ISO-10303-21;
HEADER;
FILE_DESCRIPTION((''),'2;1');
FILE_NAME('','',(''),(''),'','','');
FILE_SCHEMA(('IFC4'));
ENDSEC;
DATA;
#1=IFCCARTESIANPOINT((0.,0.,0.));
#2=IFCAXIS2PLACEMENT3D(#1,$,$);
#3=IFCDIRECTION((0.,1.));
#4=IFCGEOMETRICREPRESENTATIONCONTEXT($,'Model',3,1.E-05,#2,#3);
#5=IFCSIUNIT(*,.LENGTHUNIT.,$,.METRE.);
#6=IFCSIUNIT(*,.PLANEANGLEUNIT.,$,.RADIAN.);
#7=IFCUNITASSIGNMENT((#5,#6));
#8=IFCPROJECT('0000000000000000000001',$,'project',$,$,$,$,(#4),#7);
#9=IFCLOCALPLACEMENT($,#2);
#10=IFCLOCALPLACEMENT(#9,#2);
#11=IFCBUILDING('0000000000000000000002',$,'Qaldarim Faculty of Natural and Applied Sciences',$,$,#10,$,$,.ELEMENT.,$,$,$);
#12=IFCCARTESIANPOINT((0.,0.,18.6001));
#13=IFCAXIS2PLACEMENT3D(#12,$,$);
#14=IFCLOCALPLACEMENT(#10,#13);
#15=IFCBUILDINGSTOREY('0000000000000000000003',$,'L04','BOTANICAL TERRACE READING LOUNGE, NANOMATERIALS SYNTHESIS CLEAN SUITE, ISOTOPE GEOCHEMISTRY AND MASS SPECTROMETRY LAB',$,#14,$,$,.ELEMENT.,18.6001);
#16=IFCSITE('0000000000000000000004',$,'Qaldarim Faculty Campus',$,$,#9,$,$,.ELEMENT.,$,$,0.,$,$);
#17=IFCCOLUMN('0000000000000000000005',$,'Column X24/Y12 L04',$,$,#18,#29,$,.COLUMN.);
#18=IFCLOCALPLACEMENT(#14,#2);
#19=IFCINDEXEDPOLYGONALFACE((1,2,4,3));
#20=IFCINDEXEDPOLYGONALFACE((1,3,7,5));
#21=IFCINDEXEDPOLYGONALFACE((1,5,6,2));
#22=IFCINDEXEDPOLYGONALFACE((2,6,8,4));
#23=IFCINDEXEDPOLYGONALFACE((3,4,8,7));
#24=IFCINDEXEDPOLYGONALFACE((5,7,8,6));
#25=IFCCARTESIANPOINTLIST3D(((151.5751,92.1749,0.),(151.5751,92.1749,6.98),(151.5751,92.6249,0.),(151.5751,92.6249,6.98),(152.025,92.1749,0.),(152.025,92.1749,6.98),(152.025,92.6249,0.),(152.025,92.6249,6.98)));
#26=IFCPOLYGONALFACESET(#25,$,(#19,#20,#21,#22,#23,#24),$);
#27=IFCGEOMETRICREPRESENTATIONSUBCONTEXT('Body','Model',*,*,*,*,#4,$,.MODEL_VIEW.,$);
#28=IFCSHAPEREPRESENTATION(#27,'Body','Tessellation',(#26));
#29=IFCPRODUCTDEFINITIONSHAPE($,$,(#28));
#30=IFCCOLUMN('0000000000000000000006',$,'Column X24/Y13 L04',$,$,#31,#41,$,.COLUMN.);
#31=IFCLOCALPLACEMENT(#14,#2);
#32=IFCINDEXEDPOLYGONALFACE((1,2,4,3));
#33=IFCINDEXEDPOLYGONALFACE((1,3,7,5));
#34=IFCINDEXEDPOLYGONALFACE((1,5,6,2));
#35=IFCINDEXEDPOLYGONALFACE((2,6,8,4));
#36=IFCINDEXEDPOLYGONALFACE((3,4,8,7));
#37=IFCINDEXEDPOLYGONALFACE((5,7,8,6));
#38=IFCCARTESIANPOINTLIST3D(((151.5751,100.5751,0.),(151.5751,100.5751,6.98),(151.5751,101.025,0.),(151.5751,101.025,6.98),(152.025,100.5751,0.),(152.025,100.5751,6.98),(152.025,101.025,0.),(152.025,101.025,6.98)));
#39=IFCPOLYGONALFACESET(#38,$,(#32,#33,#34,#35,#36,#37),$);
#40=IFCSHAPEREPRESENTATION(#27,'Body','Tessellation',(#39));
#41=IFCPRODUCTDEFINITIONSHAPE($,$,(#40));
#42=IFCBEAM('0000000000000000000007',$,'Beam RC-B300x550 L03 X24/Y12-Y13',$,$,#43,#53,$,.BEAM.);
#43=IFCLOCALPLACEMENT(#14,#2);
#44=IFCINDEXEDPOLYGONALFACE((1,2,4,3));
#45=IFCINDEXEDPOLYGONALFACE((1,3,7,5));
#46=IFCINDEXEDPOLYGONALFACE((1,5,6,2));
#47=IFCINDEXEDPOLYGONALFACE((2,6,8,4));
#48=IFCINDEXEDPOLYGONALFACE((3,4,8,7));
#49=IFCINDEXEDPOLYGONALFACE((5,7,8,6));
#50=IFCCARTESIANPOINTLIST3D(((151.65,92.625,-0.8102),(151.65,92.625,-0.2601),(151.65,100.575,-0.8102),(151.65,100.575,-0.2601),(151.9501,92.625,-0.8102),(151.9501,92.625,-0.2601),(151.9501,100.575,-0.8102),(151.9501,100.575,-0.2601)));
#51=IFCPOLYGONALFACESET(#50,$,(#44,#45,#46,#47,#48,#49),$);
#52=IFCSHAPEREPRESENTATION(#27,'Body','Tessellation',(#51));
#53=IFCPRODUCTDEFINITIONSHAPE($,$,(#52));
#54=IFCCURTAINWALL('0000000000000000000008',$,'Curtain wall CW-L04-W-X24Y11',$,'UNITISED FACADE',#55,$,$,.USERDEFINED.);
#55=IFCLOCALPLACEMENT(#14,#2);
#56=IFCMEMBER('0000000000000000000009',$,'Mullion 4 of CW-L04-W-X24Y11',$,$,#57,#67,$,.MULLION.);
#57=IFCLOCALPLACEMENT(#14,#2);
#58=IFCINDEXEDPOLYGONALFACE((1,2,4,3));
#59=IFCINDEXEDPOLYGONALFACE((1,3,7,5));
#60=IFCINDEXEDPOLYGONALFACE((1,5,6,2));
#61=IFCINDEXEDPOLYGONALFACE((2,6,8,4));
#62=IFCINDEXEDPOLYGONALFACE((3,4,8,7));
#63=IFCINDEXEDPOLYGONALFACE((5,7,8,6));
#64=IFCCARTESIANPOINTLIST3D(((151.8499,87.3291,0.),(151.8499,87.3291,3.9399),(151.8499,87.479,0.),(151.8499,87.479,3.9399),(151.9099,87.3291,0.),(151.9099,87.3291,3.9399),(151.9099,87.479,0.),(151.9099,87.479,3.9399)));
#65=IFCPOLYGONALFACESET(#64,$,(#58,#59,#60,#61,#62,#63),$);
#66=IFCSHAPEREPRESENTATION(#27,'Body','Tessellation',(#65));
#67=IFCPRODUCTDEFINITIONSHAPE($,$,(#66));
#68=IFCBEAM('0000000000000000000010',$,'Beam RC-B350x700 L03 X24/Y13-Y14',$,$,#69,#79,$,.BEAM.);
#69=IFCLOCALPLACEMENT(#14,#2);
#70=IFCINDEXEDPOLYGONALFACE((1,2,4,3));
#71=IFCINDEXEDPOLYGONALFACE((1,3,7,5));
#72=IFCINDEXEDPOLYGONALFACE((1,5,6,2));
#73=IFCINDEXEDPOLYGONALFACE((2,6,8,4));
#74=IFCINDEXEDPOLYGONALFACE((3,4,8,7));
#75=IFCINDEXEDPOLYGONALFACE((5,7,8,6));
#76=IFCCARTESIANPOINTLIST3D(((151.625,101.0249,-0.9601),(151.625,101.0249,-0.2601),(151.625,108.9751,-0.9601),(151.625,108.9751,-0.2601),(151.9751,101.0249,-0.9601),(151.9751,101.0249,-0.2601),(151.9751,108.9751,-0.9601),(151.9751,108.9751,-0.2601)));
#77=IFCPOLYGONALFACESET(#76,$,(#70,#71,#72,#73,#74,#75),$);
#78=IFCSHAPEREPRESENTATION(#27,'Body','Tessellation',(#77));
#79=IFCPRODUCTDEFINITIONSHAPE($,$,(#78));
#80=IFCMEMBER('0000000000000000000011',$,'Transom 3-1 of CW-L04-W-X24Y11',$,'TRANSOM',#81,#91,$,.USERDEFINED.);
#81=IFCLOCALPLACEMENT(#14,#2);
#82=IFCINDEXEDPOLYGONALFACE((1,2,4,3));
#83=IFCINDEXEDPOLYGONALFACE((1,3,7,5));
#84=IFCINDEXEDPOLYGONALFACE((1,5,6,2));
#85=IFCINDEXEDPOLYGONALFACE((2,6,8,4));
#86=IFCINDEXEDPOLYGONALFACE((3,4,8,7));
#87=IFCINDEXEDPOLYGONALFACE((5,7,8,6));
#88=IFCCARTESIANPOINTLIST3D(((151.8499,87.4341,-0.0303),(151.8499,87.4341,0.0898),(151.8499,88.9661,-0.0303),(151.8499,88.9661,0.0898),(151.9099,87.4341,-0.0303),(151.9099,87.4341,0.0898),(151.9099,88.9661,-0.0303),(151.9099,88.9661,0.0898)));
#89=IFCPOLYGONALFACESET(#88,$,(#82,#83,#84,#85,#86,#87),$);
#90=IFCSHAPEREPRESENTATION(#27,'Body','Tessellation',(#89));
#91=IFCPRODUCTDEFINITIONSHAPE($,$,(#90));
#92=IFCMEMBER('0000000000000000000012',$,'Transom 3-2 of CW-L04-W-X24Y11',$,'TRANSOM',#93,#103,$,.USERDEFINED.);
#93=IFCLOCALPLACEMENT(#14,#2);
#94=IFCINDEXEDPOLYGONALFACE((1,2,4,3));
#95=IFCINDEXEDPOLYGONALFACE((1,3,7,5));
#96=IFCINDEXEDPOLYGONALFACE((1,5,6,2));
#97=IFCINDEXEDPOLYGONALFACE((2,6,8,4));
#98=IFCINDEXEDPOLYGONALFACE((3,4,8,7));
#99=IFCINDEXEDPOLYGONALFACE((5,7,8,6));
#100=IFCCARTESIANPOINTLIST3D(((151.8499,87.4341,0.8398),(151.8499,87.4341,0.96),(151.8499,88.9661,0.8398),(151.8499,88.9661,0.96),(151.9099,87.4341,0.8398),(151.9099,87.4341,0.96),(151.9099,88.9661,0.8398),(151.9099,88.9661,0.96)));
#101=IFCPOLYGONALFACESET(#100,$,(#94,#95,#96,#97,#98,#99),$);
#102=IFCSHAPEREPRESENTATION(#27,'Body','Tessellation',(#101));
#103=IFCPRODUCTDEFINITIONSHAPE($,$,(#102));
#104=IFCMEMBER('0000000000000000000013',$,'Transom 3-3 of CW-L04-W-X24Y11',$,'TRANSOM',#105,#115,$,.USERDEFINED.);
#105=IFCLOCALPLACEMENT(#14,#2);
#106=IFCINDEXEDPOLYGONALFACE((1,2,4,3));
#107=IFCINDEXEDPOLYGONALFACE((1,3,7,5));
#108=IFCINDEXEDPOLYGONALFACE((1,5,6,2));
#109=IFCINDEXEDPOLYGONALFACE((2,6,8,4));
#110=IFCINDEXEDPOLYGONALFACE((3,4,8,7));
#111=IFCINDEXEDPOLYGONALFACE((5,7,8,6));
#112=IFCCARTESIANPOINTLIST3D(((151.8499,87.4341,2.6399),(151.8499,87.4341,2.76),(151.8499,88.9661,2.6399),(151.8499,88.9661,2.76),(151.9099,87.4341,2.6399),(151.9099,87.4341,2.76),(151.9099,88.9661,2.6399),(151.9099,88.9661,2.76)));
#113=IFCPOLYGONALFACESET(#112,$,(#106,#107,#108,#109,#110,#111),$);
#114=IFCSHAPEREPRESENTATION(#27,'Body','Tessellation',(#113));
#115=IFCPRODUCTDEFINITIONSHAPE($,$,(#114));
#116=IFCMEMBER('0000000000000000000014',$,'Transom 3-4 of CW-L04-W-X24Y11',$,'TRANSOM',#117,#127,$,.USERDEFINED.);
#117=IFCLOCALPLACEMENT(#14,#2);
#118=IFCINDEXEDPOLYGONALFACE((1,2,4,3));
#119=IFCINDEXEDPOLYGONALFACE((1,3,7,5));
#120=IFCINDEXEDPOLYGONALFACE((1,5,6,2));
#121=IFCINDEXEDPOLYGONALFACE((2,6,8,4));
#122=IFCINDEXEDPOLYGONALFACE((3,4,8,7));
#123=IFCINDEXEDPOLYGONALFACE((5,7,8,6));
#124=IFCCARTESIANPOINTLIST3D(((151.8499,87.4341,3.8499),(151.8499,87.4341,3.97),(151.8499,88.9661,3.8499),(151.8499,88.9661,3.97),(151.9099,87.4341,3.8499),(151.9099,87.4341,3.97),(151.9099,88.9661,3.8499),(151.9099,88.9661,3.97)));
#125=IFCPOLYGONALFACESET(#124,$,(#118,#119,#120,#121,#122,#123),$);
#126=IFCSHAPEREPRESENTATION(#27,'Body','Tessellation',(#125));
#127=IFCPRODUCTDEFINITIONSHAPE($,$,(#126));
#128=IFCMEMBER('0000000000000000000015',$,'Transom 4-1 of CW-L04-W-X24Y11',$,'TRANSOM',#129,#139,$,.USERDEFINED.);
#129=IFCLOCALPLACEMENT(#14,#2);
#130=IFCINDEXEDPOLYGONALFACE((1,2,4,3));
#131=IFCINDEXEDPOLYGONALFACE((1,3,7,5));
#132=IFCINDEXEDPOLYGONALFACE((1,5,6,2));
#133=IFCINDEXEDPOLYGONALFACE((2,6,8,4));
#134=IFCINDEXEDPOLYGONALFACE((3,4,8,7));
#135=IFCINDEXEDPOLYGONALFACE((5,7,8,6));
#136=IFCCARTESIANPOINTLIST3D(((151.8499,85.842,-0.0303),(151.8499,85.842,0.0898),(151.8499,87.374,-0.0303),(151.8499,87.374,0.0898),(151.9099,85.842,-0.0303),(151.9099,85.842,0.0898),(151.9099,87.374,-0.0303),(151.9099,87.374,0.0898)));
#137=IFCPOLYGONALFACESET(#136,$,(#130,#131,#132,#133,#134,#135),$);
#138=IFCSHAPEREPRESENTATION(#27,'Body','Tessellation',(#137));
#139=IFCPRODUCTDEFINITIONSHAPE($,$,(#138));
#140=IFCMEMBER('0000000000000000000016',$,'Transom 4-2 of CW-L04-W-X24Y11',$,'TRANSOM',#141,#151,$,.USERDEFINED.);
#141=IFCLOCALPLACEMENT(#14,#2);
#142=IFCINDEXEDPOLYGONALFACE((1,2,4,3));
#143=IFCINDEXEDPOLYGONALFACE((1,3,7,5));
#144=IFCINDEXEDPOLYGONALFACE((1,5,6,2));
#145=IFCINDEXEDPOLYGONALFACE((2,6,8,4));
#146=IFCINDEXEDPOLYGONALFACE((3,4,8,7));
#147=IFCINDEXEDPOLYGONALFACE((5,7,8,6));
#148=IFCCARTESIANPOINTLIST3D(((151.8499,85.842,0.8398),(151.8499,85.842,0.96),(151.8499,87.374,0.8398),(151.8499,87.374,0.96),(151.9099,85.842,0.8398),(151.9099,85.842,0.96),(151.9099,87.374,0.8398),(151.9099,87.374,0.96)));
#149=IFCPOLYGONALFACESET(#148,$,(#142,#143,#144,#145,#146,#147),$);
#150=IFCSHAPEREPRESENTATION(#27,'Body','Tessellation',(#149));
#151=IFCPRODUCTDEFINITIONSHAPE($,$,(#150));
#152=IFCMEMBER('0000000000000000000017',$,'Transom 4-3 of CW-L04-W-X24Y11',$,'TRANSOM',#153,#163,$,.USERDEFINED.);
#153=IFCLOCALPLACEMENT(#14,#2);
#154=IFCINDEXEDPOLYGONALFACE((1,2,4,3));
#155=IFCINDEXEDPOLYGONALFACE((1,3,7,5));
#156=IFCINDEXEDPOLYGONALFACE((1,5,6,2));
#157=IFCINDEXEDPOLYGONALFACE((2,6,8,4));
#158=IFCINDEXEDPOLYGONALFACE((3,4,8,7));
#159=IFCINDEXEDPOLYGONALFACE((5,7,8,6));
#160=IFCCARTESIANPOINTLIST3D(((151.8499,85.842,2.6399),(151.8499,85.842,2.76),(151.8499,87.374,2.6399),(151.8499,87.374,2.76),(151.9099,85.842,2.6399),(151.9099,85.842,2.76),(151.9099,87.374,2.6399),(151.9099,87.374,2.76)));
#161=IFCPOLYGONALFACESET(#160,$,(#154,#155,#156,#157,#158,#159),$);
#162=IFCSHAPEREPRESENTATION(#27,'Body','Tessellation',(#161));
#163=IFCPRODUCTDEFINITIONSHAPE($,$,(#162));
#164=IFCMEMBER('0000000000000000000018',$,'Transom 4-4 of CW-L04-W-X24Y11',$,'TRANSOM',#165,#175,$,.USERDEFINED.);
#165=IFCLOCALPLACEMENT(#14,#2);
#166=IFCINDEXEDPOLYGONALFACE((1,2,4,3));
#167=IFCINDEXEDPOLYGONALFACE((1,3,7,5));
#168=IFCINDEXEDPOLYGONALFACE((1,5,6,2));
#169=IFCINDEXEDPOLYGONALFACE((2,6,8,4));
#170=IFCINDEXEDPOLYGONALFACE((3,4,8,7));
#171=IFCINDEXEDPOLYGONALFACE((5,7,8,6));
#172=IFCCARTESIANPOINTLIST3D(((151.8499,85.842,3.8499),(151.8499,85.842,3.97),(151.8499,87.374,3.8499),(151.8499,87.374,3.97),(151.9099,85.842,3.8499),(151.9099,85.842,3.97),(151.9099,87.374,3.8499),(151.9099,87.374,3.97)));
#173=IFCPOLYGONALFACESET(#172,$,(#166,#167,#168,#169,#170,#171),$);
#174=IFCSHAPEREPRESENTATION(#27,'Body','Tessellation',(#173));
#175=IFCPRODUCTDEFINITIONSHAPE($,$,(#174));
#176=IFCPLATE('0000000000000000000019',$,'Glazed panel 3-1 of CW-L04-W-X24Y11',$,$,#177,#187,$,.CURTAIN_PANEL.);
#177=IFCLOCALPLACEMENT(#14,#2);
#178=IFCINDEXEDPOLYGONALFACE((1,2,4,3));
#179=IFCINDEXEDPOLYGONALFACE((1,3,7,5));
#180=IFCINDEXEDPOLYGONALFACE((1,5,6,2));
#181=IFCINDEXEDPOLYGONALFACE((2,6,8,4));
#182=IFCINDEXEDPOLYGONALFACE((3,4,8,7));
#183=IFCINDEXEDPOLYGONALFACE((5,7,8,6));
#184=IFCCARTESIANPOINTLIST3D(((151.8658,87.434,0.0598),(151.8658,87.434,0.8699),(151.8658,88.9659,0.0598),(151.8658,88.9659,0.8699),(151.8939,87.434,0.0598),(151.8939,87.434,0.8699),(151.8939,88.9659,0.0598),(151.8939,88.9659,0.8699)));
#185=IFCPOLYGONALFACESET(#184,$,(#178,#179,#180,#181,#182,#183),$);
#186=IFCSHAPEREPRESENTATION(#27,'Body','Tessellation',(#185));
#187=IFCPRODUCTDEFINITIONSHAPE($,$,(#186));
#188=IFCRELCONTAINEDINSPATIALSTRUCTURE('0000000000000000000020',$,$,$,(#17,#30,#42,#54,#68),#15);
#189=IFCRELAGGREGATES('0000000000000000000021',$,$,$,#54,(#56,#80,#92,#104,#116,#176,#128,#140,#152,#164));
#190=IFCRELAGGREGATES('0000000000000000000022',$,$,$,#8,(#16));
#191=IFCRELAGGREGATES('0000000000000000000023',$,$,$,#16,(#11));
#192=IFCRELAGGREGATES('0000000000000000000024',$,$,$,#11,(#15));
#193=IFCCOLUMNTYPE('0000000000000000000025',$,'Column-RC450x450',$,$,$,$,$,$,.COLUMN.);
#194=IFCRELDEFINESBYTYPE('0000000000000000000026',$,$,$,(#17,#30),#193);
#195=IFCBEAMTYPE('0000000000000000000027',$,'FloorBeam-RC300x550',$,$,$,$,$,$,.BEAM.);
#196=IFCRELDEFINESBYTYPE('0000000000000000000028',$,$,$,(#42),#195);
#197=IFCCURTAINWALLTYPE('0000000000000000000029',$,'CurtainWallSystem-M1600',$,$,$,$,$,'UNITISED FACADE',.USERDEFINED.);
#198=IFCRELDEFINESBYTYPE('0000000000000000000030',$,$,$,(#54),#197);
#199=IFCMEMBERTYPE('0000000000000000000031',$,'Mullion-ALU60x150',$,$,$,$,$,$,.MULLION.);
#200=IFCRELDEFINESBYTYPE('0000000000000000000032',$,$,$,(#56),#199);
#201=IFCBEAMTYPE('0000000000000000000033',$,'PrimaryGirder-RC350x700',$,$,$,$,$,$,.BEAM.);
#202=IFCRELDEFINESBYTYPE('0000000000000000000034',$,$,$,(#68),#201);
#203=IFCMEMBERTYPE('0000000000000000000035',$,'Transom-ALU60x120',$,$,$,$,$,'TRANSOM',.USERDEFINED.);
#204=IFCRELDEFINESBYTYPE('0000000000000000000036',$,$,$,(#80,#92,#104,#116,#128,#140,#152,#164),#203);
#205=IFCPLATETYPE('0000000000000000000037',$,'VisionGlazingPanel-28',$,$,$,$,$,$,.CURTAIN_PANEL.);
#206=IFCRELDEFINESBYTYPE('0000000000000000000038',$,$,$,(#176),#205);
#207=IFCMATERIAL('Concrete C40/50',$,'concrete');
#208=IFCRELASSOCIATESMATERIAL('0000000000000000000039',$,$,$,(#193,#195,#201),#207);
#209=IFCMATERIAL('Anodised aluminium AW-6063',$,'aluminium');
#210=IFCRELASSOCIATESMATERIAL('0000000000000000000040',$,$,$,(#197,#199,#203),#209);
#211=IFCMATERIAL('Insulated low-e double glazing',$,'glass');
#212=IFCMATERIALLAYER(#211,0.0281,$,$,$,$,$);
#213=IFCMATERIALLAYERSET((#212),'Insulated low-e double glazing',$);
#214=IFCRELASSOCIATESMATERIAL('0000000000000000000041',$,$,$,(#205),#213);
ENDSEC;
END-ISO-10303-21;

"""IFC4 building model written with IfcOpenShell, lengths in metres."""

from ifc_helpers import new_model, si_unit, direction, frame, origin, origin_2d, place, context, subcontext, project, spatial, rectangle, extrude, material, layer, layer_set, material_profile, profile_set, type_object, element, aggregate, save


model = new_model("IFC4")

# Units and contexts
model_context = context("Model", 3, precision=1e-05, world=origin(), true_north=direction((0.0, 1.0)))
body_context = subcontext(model_context, "Body", "Model", "MODEL_VIEW")
ifc_project = project(units=[si_unit("LENGTHUNIT", "METRE"), si_unit("PLANEANGLEUNIT", "RADIAN")], contexts=[model_context])

# Site, building, storey
site_placement = place(None, origin())
site = spatial("IfcSite", under=ifc_project, at=site_placement, Name="Qaldarim Faculty Campus", CompositionType="ELEMENT", RefElevation=0.0)
building_placement = place(site_placement, origin())
building = spatial("IfcBuilding", under=site, at=building_placement, Name="Qaldarim Faculty of Natural and Applied Sciences", CompositionType="ELEMENT")
storey_placement = place(building_placement, frame((0.0, 0.0, 18.6001)))
storey = spatial("IfcBuildingStorey", under=building, at=storey_placement, Name="L04", Description="BOTANICAL TERRACE READING LOUNGE, NANOMATERIALS SYNTHESIS CLEAN SUITE, ISOTOPE GEOCHEMISTRY AND MASS SPECTROMETRY LAB", CompositionType="ELEMENT", Elevation=18.6001)

# Columns
ifc_material_1 = material(Name="Concrete C40/50", Category="concrete")
ifc_material_profile_1 = material_profile(ifc_material_1, rectangle(XDim=0.45, YDim=0.45, at=origin_2d()), Name="RC-C450x450")
ifc_profile_set_1 = profile_set([ifc_material_profile_1], Name="Concrete C40/50")
column_type = type_object("IfcColumnType", Name="Column-RC450x450", PredefinedType="COLUMN", material=ifc_profile_set_1)
for number, where, z_axis, x_axis, name in (
    (1, (151.8, 92.3999, 0.0), (0.0, 0.0, 1.0), (1.0, 0.0, 0.0), "Column X24/Y12 L04"),
    (2, (151.8, 100.8, 0.0), (0.0, 0.0, 1.0), (1.0, 0.0, 0.0), "Column X24/Y13 L04"),
):
    element("IfcColumn", number, at=place(storey_placement, frame(where, z_axis=z_axis, x_axis=x_axis)), inside=storey, type_object=column_type, Name=name, PredefinedType="COLUMN", context=body_context, shape_type="SweptSolid", body=[
        extrude(rectangle(XDim=0.45, YDim=0.45, at=origin_2d()), origin(), (0.0, 0.0, 1.0), 6.98),
    ])

# Beam
ifc_material_profile_2 = material_profile(ifc_material_1, rectangle(XDim=0.3, YDim=0.55, at=origin_2d()), Name="RC-B300x550")
ifc_profile_set_2 = profile_set([ifc_material_profile_2], Name="Concrete C40/50")
beam_type_1 = type_object("IfcBeamType", Name="FloorBeam-RC300x550", PredefinedType="BEAM", material=ifc_profile_set_2)
beam_1_placement = place(storey_placement, frame((151.8, 92.625, -0.5352), z_axis=(0.0, 1.0, 0.0), x_axis=(-1.0, 0.0, 0.0)))
element("IfcBeam", 3, at=beam_1_placement, inside=storey, type_object=beam_type_1, Name="Beam RC-B300x550 L03 X24/Y12-Y13", PredefinedType="BEAM", context=body_context, shape_type="SweptSolid", body=[
    extrude(rectangle(XDim=0.3, YDim=0.55, at=origin_2d()), origin(), (0.0, 0.0, 1.0), 7.95),
])

# Curtain wall, member
ifc_material_2 = material(Name="Anodised aluminium AW-6063", Category="aluminium")
curtain_wall_type = type_object("IfcCurtainWallType", Name="CurtainWallSystem-M1600", ElementType="UNITISED FACADE", PredefinedType="USERDEFINED", material=ifc_material_2)
curtain_wall_placement = place(storey_placement, origin())
curtain_wall = element("IfcCurtainWall", 4, at=curtain_wall_placement, inside=storey, type_object=curtain_wall_type, Name="Curtain wall CW-L04-W-X24Y11", ObjectType="UNITISED FACADE", PredefinedType="USERDEFINED")
ifc_material_profile_3 = material_profile(ifc_material_2, rectangle(XDim=0.0601, YDim=0.1499, at=origin_2d()), Name="ALU-M60x150")
ifc_profile_set_3 = profile_set([ifc_material_profile_3], Name="Anodised aluminium AW-6063")
member_type_1 = type_object("IfcMemberType", Name="Mullion-ALU60x150", PredefinedType="MULLION", material=ifc_profile_set_3)
member_1_placement = place(storey_placement, frame((151.8799, 87.4041, 0.0), z_axis=(0.0, 0.0, 1.0), x_axis=(1.0, 0.0, 0.0)))
member_1 = element("IfcMember", 5, at=member_1_placement, type_object=member_type_1, Name="Mullion 4 of CW-L04-W-X24Y11", PredefinedType="MULLION", context=body_context, shape_type="SweptSolid", body=[
    extrude(rectangle(XDim=0.0601, YDim=0.1499, at=origin_2d()), origin(), (0.0, 0.0, 1.0), 3.9399),
])

# Beam
ifc_material_profile_4 = material_profile(ifc_material_1, rectangle(XDim=0.3501, YDim=0.7, at=origin_2d()), Name="RC-B350x700")
ifc_profile_set_4 = profile_set([ifc_material_profile_4], Name="Concrete C40/50")
beam_type_2 = type_object("IfcBeamType", Name="PrimaryGirder-RC350x700", PredefinedType="BEAM", material=ifc_profile_set_4)
beam_2_placement = place(storey_placement, frame((151.8, 101.0249, -0.6101), z_axis=(0.0, 1.0, 0.0), x_axis=(-1.0, 0.0, 0.0)))
element("IfcBeam", 6, at=beam_2_placement, inside=storey, type_object=beam_type_2, Name="Beam RC-B350x700 L03 X24/Y13-Y14", PredefinedType="BEAM", context=body_context, shape_type="SweptSolid", body=[
    extrude(rectangle(XDim=0.3501, YDim=0.7, at=origin_2d()), origin(), (0.0, 0.0, 1.0), 7.9502),
])

# Members
ifc_material_profile_5 = material_profile(ifc_material_2, rectangle(XDim=0.0601, YDim=0.1201, at=origin_2d()), Name="ALU-T60x120")
ifc_profile_set_5 = profile_set([ifc_material_profile_5], Name="Anodised aluminium AW-6063")
member_type_2 = type_object("IfcMemberType", Name="Transom-ALU60x120", ElementType="TRANSOM", PredefinedType="USERDEFINED", material=ifc_profile_set_5)
member_2_placement = place(storey_placement, frame((151.8799, 88.9661, 0.0298), z_axis=(0.0, -1.0, 0.0), x_axis=(1.0, 0.0, 0.0)))
member_2 = element("IfcMember", 7, at=member_2_placement, type_object=member_type_2, Name="Transom 3-1 of CW-L04-W-X24Y11", ObjectType="TRANSOM", PredefinedType="USERDEFINED", context=body_context, shape_type="SweptSolid", body=[
    extrude(rectangle(XDim=0.0601, YDim=0.1201, at=origin_2d()), origin(), (0.0, 0.0, 1.0), 1.532),
])
member_3_placement = place(storey_placement, frame((151.8799, 88.9661, 0.8999), z_axis=(0.0, -1.0, 0.0), x_axis=(1.0, 0.0, 0.0)))
member_3 = element("IfcMember", 8, at=member_3_placement, type_object=member_type_2, Name="Transom 3-2 of CW-L04-W-X24Y11", ObjectType="TRANSOM", PredefinedType="USERDEFINED", context=body_context, shape_type="SweptSolid", body=[
    extrude(rectangle(XDim=0.0601, YDim=0.1201, at=origin_2d()), origin(), (0.0, 0.0, 1.0), 1.532),
])
member_4_placement = place(storey_placement, frame((151.8799, 88.9661, 2.7), z_axis=(0.0, -1.0, 0.0), x_axis=(1.0, 0.0, 0.0)))
member_4 = element("IfcMember", 9, at=member_4_placement, type_object=member_type_2, Name="Transom 3-3 of CW-L04-W-X24Y11", ObjectType="TRANSOM", PredefinedType="USERDEFINED", context=body_context, shape_type="SweptSolid", body=[
    extrude(rectangle(XDim=0.0601, YDim=0.1201, at=origin_2d()), origin(), (0.0, 0.0, 1.0), 1.532),
])
member_5_placement = place(storey_placement, frame((151.8799, 88.9661, 3.9099), z_axis=(0.0, -1.0, 0.0), x_axis=(1.0, 0.0, 0.0)))
member_5 = element("IfcMember", 10, at=member_5_placement, type_object=member_type_2, Name="Transom 3-4 of CW-L04-W-X24Y11", ObjectType="TRANSOM", PredefinedType="USERDEFINED", context=body_context, shape_type="SweptSolid", body=[
    extrude(rectangle(XDim=0.0601, YDim=0.1201, at=origin_2d()), origin(), (0.0, 0.0, 1.0), 1.532),
])
member_6_placement = place(storey_placement, frame((151.8799, 87.374, 0.0298), z_axis=(0.0, -1.0, 0.0), x_axis=(1.0, 0.0, 0.0)))
member_6 = element("IfcMember", 11, at=member_6_placement, type_object=member_type_2, Name="Transom 4-1 of CW-L04-W-X24Y11", ObjectType="TRANSOM", PredefinedType="USERDEFINED", context=body_context, shape_type="SweptSolid", body=[
    extrude(rectangle(XDim=0.0601, YDim=0.1201, at=origin_2d()), origin(), (0.0, 0.0, 1.0), 1.532),
])
member_7_placement = place(storey_placement, frame((151.8799, 87.374, 0.8999), z_axis=(0.0, -1.0, 0.0), x_axis=(1.0, 0.0, 0.0)))
member_7 = element("IfcMember", 12, at=member_7_placement, type_object=member_type_2, Name="Transom 4-2 of CW-L04-W-X24Y11", ObjectType="TRANSOM", PredefinedType="USERDEFINED", context=body_context, shape_type="SweptSolid", body=[
    extrude(rectangle(XDim=0.0601, YDim=0.1201, at=origin_2d()), origin(), (0.0, 0.0, 1.0), 1.532),
])
member_8_placement = place(storey_placement, frame((151.8799, 87.374, 2.7), z_axis=(0.0, -1.0, 0.0), x_axis=(1.0, 0.0, 0.0)))
member_8 = element("IfcMember", 13, at=member_8_placement, type_object=member_type_2, Name="Transom 4-3 of CW-L04-W-X24Y11", ObjectType="TRANSOM", PredefinedType="USERDEFINED", context=body_context, shape_type="SweptSolid", body=[
    extrude(rectangle(XDim=0.0601, YDim=0.1201, at=origin_2d()), origin(), (0.0, 0.0, 1.0), 1.532),
])
member_9_placement = place(storey_placement, frame((151.8799, 87.374, 3.9099), z_axis=(0.0, -1.0, 0.0), x_axis=(1.0, 0.0, 0.0)))
member_9 = element("IfcMember", 14, at=member_9_placement, type_object=member_type_2, Name="Transom 4-4 of CW-L04-W-X24Y11", ObjectType="TRANSOM", PredefinedType="USERDEFINED", context=body_context, shape_type="SweptSolid", body=[
    extrude(rectangle(XDim=0.0601, YDim=0.1201, at=origin_2d()), origin(), (0.0, 0.0, 1.0), 1.532),
])

# Plate
ifc_material_3 = material(Name="Insulated low-e double glazing", Category="glass")
ifc_layer_1 = layer(ifc_material_3, 0.0281)
ifc_layer_set_1 = layer_set([ifc_layer_1], Name="Insulated low-e double glazing")
plate_type = type_object("IfcPlateType", Name="VisionGlazingPanel-28", PredefinedType="CURTAIN_PANEL", material=ifc_layer_set_1)
plate_1_placement = place(storey_placement, frame((151.8799, 88.2, 0.0598), z_axis=(0.0, 0.0, 1.0), x_axis=(0.0, -1.0, 0.0)))
plate_1 = element("IfcPlate", 15, at=plate_1_placement, type_object=plate_type, Name="Glazed panel 3-1 of CW-L04-W-X24Y11", PredefinedType="CURTAIN_PANEL", context=body_context, shape_type="SweptSolid", body=[
    extrude(rectangle(XDim=1.532, YDim=0.0281, at=origin_2d()), origin(), (0.0, 0.0, 1.0), 0.8101),
])
aggregate(curtain_wall, [member_1, member_2, member_3, member_4, member_5, plate_1, member_6, member_7, member_8, member_9])

save(model, "model.ifc")
